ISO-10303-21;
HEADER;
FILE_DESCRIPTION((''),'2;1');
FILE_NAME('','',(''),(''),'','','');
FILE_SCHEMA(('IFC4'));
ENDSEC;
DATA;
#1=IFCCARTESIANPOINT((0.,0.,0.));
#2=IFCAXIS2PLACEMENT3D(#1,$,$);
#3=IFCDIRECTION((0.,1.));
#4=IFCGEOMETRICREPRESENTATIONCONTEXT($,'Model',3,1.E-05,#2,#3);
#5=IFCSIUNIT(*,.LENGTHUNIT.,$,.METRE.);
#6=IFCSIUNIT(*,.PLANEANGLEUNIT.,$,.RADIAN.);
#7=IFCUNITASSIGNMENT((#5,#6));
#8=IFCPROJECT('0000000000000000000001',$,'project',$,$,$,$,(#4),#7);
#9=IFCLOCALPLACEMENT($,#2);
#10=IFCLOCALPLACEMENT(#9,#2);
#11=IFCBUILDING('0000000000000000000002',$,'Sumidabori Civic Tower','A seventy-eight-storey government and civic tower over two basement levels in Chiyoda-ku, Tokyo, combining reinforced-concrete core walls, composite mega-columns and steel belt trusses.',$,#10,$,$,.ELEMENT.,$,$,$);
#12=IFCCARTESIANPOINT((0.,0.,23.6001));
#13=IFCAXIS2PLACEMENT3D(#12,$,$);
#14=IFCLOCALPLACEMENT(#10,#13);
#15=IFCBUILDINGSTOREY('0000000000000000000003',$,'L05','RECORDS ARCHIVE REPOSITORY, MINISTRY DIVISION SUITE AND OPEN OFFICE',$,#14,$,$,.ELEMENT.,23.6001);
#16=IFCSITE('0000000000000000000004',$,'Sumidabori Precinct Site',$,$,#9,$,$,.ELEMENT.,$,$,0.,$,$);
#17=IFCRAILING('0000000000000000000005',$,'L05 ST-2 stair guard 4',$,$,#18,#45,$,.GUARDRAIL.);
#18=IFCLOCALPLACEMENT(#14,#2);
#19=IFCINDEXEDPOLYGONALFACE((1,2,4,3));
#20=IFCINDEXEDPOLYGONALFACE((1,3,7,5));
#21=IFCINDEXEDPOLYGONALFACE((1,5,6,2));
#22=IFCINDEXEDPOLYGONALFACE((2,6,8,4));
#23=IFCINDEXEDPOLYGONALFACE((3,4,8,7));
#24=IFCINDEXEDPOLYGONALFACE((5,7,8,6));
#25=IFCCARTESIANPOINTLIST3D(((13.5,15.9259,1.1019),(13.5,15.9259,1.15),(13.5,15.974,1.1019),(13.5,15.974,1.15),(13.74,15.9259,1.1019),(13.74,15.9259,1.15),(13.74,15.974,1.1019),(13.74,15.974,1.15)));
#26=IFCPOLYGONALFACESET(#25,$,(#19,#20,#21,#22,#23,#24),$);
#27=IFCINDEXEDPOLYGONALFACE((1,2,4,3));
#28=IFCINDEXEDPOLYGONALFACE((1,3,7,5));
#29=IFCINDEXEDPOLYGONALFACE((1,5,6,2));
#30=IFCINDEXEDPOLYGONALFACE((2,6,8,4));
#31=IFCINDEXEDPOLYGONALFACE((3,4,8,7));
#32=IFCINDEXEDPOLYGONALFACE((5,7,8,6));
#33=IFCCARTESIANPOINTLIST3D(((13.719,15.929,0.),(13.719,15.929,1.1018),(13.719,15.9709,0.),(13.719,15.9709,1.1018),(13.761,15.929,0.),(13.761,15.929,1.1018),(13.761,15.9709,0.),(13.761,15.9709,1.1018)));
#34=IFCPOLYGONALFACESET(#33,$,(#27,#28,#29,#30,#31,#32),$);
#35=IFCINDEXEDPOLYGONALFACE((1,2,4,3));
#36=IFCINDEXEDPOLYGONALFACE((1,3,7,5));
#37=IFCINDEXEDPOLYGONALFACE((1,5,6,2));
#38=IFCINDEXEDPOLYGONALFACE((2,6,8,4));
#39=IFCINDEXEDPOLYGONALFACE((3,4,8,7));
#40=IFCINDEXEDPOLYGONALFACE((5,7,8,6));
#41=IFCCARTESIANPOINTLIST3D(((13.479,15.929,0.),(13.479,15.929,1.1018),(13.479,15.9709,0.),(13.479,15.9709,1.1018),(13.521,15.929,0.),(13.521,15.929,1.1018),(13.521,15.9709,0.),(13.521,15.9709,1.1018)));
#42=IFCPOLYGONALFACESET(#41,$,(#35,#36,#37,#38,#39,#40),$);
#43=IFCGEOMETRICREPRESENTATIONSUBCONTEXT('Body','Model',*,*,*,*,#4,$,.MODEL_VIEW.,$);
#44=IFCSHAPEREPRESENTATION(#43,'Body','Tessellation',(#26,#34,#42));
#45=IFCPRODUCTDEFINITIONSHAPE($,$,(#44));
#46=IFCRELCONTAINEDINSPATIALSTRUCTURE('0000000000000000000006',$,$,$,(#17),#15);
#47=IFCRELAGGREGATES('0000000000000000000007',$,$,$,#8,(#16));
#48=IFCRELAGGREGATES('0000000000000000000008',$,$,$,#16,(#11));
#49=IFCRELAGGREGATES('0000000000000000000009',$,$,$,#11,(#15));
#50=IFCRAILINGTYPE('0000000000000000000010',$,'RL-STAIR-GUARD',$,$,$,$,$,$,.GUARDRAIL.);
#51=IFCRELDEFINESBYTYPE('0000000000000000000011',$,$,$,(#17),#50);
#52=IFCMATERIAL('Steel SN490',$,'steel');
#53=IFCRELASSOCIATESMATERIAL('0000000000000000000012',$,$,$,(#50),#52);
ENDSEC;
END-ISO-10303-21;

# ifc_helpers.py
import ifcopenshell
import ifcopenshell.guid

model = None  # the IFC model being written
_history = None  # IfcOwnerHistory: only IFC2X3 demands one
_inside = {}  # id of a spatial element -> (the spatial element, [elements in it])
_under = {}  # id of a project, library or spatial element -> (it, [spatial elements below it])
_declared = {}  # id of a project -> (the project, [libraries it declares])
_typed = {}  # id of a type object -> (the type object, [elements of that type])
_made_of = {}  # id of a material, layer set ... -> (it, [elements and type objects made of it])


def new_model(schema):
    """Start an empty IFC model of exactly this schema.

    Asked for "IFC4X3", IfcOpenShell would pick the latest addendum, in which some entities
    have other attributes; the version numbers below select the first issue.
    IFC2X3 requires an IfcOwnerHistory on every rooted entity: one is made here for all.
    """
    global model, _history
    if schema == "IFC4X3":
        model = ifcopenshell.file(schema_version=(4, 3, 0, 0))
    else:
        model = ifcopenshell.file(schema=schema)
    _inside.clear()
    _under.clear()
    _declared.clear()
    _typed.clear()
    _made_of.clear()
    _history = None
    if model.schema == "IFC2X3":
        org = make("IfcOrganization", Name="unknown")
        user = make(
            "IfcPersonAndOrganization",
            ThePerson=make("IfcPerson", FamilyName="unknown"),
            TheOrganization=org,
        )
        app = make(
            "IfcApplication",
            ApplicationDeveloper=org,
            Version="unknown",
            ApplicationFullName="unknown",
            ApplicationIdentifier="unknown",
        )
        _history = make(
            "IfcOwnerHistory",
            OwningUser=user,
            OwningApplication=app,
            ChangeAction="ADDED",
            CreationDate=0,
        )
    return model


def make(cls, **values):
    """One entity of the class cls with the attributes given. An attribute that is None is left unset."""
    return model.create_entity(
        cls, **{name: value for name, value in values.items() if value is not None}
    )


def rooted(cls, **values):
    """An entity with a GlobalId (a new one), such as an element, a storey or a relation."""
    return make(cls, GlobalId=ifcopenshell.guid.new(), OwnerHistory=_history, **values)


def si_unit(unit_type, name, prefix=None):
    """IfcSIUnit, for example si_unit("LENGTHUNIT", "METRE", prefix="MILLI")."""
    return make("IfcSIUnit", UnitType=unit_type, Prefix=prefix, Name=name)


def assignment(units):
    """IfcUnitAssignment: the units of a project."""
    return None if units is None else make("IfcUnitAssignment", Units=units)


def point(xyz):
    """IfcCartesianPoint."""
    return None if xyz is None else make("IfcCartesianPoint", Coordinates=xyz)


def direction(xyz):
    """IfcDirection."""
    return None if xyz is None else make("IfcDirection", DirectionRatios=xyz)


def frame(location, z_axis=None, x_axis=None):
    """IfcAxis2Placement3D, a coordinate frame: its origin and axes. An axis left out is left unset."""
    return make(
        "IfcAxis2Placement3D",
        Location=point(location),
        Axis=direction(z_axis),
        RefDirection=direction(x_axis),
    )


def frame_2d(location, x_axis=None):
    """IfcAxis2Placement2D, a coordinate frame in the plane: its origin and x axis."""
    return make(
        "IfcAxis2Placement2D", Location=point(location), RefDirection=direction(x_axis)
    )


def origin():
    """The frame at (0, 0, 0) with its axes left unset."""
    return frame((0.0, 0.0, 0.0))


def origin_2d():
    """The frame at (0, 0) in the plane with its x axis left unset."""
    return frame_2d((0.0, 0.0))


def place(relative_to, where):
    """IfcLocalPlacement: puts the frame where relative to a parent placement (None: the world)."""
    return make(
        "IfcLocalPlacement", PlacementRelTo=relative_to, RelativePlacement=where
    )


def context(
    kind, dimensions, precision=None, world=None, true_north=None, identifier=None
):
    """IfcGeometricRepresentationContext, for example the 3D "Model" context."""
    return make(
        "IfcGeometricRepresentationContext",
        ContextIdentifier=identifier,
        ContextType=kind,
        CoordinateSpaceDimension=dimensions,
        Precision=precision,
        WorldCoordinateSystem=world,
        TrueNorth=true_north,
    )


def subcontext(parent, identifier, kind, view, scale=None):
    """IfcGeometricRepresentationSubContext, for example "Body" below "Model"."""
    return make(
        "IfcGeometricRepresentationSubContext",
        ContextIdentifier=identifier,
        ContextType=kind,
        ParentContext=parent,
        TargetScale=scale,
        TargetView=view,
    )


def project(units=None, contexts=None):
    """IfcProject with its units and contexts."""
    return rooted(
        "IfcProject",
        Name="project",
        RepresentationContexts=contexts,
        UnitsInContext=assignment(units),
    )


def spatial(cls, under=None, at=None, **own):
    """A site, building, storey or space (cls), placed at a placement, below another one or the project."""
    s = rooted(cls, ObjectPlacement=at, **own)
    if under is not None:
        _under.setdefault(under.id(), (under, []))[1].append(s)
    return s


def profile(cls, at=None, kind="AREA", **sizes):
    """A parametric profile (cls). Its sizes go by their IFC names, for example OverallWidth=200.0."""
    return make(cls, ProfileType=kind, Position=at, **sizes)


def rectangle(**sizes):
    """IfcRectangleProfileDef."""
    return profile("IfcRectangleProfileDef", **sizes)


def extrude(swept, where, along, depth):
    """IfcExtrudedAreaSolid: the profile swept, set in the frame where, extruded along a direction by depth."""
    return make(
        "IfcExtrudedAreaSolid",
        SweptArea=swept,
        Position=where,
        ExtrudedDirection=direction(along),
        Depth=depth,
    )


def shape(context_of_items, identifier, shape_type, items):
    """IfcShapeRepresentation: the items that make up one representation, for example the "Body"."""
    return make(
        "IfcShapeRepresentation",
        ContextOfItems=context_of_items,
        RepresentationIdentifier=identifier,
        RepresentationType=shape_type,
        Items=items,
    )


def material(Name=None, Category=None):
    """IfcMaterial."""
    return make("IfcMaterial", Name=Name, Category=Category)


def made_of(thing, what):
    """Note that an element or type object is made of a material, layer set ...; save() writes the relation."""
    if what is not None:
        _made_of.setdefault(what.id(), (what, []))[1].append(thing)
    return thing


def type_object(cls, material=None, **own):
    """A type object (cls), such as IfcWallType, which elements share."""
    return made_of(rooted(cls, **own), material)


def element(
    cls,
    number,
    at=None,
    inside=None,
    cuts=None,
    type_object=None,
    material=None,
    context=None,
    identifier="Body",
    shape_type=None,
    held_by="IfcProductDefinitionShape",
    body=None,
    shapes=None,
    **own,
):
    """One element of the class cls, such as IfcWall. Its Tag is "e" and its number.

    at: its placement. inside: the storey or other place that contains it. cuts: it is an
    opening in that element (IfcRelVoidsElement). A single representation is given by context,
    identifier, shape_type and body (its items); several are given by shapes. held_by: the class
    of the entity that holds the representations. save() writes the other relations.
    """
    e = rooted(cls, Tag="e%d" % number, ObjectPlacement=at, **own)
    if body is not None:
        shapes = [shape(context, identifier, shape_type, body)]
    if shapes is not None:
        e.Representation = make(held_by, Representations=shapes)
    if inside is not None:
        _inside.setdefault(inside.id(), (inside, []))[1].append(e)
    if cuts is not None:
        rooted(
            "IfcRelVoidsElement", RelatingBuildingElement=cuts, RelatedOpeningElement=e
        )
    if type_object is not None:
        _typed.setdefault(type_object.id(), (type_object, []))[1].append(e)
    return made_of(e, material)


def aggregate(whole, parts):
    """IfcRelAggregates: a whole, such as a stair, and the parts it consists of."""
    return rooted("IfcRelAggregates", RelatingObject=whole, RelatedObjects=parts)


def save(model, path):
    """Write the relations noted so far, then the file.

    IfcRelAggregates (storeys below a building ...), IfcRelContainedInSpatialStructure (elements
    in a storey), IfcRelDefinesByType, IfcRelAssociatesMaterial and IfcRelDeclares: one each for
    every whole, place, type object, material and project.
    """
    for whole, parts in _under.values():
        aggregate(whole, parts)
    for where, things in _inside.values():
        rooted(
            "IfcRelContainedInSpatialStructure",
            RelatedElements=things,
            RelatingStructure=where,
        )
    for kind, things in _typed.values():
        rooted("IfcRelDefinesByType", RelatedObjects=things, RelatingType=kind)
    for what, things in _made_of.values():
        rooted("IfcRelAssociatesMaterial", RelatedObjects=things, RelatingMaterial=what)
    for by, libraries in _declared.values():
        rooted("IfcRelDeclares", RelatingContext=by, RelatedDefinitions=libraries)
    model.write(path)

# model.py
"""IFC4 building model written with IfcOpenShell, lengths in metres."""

from ifc_helpers import new_model, si_unit, direction, frame, origin, origin_2d, place, context, subcontext, project, spatial, rectangle, extrude, material, type_object, element, save


model = new_model("IFC4")

# Units and contexts
model_context = context("Model", 3, precision=1e-05, world=origin(), true_north=direction((0.0, 1.0)))
body_context = subcontext(model_context, "Body", "Model", "MODEL_VIEW")
ifc_project = project(units=[si_unit("LENGTHUNIT", "METRE"), si_unit("PLANEANGLEUNIT", "RADIAN")], contexts=[model_context])

# Site, building, storey
site_placement = place(None, origin())
site = spatial("IfcSite", under=ifc_project, at=site_placement, Name="Sumidabori Precinct Site", CompositionType="ELEMENT", RefElevation=0.0)
building_placement = place(site_placement, origin())
building = spatial("IfcBuilding", under=site, at=building_placement, Name="Sumidabori Civic Tower", Description="A seventy-eight-storey government and civic tower over two basement levels in Chiyoda-ku, Tokyo, combining reinforced-concrete core walls, composite mega-columns and steel belt trusses.", CompositionType="ELEMENT")
storey_placement = place(building_placement, frame((0.0, 0.0, 23.6001)))
storey = spatial("IfcBuildingStorey", under=building, at=storey_placement, Name="L05", Description="RECORDS ARCHIVE REPOSITORY, MINISTRY DIVISION SUITE AND OPEN OFFICE", CompositionType="ELEMENT", Elevation=23.6001)

# Shared definitions
ifc_material_1 = material(Name="Steel SN490", Category="steel")

# Railing
railing_type_1 = type_object("IfcRailingType", Name="RL-STAIR-GUARD", PredefinedType="GUARDRAIL", material=ifc_material_1)
railing_1_placement = place(storey_placement, frame((13.74, 15.95, 0.0)))
element("IfcRailing", 1, at=railing_1_placement, inside=storey, type_object=railing_type_1, Name="L05 ST-2 stair guard 4", PredefinedType="GUARDRAIL", context=body_context, shape_type="SweptSolid", body=[
    extrude(rectangle(XDim=0.0481, YDim=0.0481, at=origin_2d()), frame((0.0, 0.0, 1.126), z_axis=(-1.0, 0.0, 0.0), x_axis=(0.0, -1.0, 0.0)), (0.0, 0.0, 1.0), 0.24),
    extrude(rectangle(XDim=0.042, YDim=0.042, at=origin_2d()), origin(), (0.0, 0.0, 1.0), 1.1018),
    extrude(rectangle(XDim=0.042, YDim=0.042, at=origin_2d()), frame((-0.24, 0.0, 0.0)), (0.0, 0.0, 1.0), 1.1018),
])

save(model, "model.ifc")
